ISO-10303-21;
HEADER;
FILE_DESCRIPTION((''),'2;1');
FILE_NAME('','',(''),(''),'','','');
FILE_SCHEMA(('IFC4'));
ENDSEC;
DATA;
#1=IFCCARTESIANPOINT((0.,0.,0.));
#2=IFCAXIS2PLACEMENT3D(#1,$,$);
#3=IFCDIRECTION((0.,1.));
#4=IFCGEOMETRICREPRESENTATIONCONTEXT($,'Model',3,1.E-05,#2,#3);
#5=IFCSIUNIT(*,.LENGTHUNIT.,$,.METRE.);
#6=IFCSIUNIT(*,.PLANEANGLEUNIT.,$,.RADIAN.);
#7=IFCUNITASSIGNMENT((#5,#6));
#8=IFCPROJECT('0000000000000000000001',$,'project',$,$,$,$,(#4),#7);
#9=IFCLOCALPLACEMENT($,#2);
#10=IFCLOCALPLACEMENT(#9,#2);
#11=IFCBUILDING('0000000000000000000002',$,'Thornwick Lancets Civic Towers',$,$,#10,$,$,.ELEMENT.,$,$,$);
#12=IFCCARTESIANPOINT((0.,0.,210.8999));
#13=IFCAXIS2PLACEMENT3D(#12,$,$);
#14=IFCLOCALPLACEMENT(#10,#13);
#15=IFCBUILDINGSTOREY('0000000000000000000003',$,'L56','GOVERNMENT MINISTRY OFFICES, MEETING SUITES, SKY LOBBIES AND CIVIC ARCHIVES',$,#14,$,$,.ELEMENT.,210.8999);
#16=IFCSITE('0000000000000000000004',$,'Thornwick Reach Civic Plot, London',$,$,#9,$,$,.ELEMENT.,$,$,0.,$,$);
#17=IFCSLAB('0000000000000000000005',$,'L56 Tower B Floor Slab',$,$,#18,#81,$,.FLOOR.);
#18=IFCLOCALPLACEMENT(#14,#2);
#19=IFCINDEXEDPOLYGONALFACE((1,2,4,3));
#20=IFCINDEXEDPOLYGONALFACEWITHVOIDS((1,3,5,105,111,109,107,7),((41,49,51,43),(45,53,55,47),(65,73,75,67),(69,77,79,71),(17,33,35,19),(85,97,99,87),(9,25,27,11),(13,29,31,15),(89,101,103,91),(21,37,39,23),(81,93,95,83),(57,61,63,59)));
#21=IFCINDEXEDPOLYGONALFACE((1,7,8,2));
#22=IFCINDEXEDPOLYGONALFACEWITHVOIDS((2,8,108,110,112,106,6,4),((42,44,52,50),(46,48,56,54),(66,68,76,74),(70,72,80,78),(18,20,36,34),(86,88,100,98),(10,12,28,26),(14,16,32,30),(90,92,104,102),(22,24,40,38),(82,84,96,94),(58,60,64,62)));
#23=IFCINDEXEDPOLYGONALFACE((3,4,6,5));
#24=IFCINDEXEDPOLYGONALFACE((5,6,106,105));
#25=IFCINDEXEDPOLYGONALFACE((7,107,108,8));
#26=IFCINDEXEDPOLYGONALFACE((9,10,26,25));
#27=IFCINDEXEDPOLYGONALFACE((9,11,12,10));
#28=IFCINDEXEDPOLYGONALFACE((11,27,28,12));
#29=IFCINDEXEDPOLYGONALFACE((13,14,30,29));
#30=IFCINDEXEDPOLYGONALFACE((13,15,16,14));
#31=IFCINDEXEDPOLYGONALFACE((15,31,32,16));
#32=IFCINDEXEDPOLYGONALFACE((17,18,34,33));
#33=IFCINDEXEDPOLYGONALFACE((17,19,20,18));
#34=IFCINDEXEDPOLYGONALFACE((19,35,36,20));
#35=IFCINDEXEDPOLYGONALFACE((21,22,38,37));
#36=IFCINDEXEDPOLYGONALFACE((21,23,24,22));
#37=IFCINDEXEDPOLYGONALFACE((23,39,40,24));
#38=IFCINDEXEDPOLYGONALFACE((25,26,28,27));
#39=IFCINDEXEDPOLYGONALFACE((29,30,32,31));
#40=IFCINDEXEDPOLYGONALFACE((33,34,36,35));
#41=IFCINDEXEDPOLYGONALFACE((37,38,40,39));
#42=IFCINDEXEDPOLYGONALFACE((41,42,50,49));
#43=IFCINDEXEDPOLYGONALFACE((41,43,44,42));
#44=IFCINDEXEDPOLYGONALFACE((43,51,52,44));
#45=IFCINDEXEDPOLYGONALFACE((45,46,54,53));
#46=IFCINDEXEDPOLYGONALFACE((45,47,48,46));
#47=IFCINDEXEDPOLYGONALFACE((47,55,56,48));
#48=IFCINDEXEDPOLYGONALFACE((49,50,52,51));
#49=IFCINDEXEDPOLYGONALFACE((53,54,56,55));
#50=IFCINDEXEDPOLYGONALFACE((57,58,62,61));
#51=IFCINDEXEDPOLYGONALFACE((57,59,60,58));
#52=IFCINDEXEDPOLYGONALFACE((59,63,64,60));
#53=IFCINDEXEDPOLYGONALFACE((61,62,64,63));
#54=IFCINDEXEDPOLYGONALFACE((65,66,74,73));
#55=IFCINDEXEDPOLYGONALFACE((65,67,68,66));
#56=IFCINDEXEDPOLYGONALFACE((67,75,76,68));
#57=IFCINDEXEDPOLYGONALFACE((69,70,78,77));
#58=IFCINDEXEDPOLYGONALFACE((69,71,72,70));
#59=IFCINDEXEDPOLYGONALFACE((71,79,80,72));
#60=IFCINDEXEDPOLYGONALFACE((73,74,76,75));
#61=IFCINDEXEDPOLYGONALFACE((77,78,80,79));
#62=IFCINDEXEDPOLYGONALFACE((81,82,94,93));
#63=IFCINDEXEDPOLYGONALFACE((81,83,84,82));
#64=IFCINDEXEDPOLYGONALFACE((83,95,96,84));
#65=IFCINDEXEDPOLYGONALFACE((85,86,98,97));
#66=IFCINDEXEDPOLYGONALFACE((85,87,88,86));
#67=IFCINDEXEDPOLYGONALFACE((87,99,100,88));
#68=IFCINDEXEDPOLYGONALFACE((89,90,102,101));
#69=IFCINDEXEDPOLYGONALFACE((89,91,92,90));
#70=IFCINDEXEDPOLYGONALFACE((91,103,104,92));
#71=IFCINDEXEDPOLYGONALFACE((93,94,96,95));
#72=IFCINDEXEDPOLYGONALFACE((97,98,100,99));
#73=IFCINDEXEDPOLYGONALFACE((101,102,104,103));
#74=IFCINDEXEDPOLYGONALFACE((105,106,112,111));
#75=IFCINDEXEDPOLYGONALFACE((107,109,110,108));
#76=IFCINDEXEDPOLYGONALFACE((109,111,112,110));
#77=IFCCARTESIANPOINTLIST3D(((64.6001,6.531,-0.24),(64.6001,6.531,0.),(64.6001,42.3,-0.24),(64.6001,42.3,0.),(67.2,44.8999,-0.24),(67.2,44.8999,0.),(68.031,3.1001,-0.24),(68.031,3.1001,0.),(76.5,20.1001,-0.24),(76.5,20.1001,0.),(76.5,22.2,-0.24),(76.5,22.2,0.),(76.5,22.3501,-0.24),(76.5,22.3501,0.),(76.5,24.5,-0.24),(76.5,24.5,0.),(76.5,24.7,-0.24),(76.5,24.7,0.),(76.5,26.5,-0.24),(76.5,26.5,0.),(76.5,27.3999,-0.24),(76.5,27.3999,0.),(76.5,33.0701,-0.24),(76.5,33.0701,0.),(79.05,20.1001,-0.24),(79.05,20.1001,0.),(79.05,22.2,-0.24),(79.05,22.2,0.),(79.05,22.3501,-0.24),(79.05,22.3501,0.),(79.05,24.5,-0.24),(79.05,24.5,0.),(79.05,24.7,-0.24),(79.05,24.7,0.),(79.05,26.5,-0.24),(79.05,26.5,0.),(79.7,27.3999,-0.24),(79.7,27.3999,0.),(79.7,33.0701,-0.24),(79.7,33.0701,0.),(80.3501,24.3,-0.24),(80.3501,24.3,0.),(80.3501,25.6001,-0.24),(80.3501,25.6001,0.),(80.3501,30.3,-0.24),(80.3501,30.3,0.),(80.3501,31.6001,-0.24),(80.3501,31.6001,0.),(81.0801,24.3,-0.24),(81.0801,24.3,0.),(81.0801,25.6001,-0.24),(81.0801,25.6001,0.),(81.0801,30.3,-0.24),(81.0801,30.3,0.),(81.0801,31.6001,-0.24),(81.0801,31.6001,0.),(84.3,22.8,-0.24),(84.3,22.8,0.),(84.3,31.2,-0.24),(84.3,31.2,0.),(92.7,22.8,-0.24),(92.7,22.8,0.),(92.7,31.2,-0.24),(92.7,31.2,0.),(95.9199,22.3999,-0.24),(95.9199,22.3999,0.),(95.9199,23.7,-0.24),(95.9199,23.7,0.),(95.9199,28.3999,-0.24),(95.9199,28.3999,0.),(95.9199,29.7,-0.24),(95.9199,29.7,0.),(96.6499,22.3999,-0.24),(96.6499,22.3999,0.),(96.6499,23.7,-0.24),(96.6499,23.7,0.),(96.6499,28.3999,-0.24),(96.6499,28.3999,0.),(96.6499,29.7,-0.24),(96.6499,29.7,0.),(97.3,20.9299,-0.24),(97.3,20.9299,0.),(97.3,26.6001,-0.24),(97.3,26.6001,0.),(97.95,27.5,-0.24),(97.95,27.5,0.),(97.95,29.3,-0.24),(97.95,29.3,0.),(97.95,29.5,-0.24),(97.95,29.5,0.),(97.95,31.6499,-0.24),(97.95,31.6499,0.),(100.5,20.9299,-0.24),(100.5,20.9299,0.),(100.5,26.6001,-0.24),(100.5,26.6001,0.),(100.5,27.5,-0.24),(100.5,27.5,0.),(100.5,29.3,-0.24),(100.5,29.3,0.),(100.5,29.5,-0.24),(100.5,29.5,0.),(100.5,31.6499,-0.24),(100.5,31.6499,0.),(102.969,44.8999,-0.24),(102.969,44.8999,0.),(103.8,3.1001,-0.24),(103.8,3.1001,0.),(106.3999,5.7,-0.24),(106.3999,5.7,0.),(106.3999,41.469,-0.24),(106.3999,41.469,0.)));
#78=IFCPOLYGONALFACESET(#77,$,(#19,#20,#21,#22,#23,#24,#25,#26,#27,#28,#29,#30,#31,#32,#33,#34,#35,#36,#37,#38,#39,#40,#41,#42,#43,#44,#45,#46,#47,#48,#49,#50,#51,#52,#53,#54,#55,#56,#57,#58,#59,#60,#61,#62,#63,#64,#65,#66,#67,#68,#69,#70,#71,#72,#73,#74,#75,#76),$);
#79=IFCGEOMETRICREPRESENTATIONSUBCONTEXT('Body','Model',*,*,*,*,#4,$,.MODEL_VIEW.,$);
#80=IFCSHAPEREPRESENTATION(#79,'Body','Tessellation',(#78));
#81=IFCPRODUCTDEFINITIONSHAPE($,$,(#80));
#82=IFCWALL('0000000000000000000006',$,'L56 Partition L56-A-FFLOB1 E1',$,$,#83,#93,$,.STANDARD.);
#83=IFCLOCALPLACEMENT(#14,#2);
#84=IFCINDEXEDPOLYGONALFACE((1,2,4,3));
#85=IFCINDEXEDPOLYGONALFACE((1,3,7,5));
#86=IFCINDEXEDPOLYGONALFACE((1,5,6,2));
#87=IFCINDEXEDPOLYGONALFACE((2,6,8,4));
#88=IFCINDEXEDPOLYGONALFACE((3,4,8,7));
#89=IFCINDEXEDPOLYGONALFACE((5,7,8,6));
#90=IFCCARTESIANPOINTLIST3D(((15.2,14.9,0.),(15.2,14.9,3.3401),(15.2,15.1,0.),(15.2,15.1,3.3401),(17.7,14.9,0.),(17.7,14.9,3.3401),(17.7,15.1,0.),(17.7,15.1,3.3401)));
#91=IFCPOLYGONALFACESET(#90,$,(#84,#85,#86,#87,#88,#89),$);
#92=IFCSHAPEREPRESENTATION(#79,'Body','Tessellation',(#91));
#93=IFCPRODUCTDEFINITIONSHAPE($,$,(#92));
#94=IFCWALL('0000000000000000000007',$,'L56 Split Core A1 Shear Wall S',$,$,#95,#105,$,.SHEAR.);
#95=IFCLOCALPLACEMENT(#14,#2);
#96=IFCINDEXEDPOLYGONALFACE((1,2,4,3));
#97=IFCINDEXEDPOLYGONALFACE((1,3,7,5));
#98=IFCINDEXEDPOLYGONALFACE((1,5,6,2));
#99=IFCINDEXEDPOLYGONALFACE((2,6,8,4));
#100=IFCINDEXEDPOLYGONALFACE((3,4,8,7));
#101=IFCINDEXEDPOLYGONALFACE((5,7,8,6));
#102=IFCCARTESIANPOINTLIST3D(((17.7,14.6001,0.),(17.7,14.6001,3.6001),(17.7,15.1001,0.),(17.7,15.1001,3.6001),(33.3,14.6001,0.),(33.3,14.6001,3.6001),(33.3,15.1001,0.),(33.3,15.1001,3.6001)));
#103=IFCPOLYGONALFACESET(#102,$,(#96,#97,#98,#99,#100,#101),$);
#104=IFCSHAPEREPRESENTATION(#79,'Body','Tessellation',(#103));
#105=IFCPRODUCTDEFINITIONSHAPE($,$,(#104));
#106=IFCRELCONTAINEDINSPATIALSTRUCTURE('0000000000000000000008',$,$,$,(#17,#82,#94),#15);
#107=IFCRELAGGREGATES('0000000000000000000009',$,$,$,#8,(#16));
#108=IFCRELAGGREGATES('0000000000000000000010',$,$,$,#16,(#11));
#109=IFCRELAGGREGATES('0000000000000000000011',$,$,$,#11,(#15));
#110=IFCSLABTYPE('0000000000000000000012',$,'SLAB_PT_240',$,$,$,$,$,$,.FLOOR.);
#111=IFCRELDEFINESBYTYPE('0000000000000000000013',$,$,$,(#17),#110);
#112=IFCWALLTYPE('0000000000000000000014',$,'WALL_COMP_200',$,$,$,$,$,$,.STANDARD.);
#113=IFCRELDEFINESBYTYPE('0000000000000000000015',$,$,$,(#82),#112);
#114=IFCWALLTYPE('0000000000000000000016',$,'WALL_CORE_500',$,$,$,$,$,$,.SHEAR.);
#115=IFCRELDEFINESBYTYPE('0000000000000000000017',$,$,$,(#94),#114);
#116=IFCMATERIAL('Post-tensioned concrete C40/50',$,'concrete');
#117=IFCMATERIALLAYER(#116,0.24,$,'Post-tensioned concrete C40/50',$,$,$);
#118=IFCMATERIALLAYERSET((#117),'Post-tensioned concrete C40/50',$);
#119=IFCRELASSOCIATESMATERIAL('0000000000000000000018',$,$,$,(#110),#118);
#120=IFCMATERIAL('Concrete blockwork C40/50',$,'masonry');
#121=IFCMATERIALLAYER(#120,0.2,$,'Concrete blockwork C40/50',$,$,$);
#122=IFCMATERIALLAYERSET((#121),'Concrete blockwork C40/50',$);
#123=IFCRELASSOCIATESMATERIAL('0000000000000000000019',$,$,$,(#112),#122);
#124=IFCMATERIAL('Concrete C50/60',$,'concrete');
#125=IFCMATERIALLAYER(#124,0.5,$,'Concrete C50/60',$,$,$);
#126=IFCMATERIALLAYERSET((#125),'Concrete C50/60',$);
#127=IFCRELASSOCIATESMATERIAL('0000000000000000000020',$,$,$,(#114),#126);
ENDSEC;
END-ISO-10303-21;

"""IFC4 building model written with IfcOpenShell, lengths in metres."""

from ifc_helpers import new_model, si_unit, direction, frame, frame_2d, origin, place, context, subcontext, project, spatial, polyline, rectangle, outline, extrude, material, layer, layer_set, type_object, element, save


model = new_model("IFC4")

# Units and contexts
model_context = context("Model", 3, precision=1e-05, world=origin(), true_north=direction((0.0, 1.0)))
body_context = subcontext(model_context, "Body", "Model", "MODEL_VIEW")
ifc_project = project(units=[si_unit("LENGTHUNIT", "METRE"), si_unit("PLANEANGLEUNIT", "RADIAN")], contexts=[model_context])

# Site, building, storey
site_placement = place(None, origin())
site = spatial("IfcSite", under=ifc_project, at=site_placement, Name="Thornwick Reach Civic Plot, London", CompositionType="ELEMENT", RefElevation=0.0)
building_placement = place(site_placement, origin())
building = spatial("IfcBuilding", under=site, at=building_placement, Name="Thornwick Lancets Civic Towers", CompositionType="ELEMENT")
storey_placement = place(building_placement, frame((0.0, 0.0, 210.8999)))
storey = spatial("IfcBuildingStorey", under=building, at=storey_placement, Name="L56", Description="GOVERNMENT MINISTRY OFFICES, MEETING SUITES, SKY LOBBIES AND CIVIC ARCHIVES", CompositionType="ELEMENT", Elevation=210.8999)

# Shared definitions
ifc_material_1 = material(Name="Concrete C50/60", Category="concrete")

# Shared definitions
ifc_material_2 = material(Name="Post-tensioned concrete C40/50", Category="concrete")

# Slab
ifc_layer_1 = layer(ifc_material_2, 0.24, Name="Post-tensioned concrete C40/50")
ifc_layer_set_1 = layer_set([ifc_layer_1], Name="Post-tensioned concrete C40/50")
slab_type_1 = type_object("IfcSlabType", Name="SLAB_PT_240", PredefinedType="FLOOR", material=ifc_layer_set_1)
slab_1_placement = place(storey_placement, frame((0.0, 0.0, -0.24)))
element("IfcSlab", 1, at=slab_1_placement, inside=storey, type_object=slab_type_1, Name="L56 Tower B Floor Slab", PredefinedType="FLOOR", context=body_context, shape_type="SweptSolid", body=[
    extrude(outline(polyline([(68.031, 3.1001), (103.8, 3.1001), (106.3999, 5.7), (106.3999, 41.469), (102.969, 44.8999), (67.2, 44.8999), (64.6001, 42.3), (64.6001, 6.531), (68.031, 3.1001)]), holes=[polyline([(84.3, 22.8), (92.7, 22.8), (92.7, 31.2), (84.3, 31.2), (84.3, 22.8)]), polyline([(100.5, 20.9299), (100.5, 26.6001), (97.3, 26.6001), (97.3, 20.9299), (100.5, 20.9299)]), polyline([(76.5, 33.0701), (76.5, 27.3999), (79.7, 27.3999), (79.7, 33.0701), (76.5, 33.0701)]), polyline([(97.95, 27.5), (100.5, 27.5), (100.5, 29.3), (97.95, 29.3), (97.95, 27.5)]), polyline([(97.95, 29.5), (100.5, 29.5), (100.5, 31.6499), (97.95, 31.6499), (97.95, 29.5)]), polyline([(76.5, 24.7), (79.05, 24.7), (79.05, 26.5), (76.5, 26.5), (76.5, 24.7)]), polyline([(76.5, 22.3501), (79.05, 22.3501), (79.05, 24.5), (76.5, 24.5), (76.5, 22.3501)]), polyline([(76.5, 20.1001), (79.05, 20.1001), (79.05, 22.2), (76.5, 22.2), (76.5, 20.1001)]), polyline([(95.9199, 28.3999), (96.6499, 28.3999), (96.6499, 29.7), (95.9199, 29.7), (95.9199, 28.3999)]), polyline([(95.9199, 22.3999), (96.6499, 22.3999), (96.6499, 23.7), (95.9199, 23.7), (95.9199, 22.3999)]), polyline([(80.3501, 24.3), (81.0801, 24.3), (81.0801, 25.6001), (80.3501, 25.6001), (80.3501, 24.3)]), polyline([(80.3501, 30.3), (81.0801, 30.3), (81.0801, 31.6001), (80.3501, 31.6001), (80.3501, 30.3)])]), origin(), (0.0, 0.0, 1.0), 0.24),
])

# Walls
ifc_material_3 = material(Name="Concrete blockwork C40/50", Category="masonry")
ifc_layer_2 = layer(ifc_material_3, 0.2, Name="Concrete blockwork C40/50")
ifc_layer_set_2 = layer_set([ifc_layer_2], Name="Concrete blockwork C40/50")
wall_type_1 = type_object("IfcWallType", Name="WALL_COMP_200", PredefinedType="STANDARD", material=ifc_layer_set_2)
wall_1_placement = place(storey_placement, frame((15.2, 15.0, 0.0), z_axis=(0.0, 0.0, 1.0), x_axis=(1.0, 0.0, 0.0)))
element("IfcWall", 2, at=wall_1_placement, inside=storey, type_object=wall_type_1, Name="L56 Partition L56-A-FFLOB1 E1", PredefinedType="STANDARD", context=body_context, shape_type="SweptSolid", body=[
    extrude(rectangle(XDim=2.5, YDim=0.2, at=frame_2d((1.25, 0.0))), origin(), (0.0, 0.0, 1.0), 3.3401),
])
ifc_layer_3 = layer(ifc_material_1, 0.5, Name="Concrete C50/60")
ifc_layer_set_3 = layer_set([ifc_layer_3], Name="Concrete C50/60")
wall_type_2 = type_object("IfcWallType", Name="WALL_CORE_500", PredefinedType="SHEAR", material=ifc_layer_set_3)
wall_2_placement = place(storey_placement, frame((17.7, 14.8501, 0.0), z_axis=(0.0, 0.0, 1.0), x_axis=(1.0, 0.0, 0.0)))
element("IfcWall", 3, at=wall_2_placement, inside=storey, type_object=wall_type_2, Name="L56 Split Core A1 Shear Wall S", PredefinedType="SHEAR", context=body_context, shape_type="SweptSolid", body=[
    extrude(rectangle(XDim=15.6001, YDim=0.5, at=frame_2d((7.8, 0.0))), origin(), (0.0, 0.0, 1.0), 3.6001),
])

save(model, "model.ifc")
